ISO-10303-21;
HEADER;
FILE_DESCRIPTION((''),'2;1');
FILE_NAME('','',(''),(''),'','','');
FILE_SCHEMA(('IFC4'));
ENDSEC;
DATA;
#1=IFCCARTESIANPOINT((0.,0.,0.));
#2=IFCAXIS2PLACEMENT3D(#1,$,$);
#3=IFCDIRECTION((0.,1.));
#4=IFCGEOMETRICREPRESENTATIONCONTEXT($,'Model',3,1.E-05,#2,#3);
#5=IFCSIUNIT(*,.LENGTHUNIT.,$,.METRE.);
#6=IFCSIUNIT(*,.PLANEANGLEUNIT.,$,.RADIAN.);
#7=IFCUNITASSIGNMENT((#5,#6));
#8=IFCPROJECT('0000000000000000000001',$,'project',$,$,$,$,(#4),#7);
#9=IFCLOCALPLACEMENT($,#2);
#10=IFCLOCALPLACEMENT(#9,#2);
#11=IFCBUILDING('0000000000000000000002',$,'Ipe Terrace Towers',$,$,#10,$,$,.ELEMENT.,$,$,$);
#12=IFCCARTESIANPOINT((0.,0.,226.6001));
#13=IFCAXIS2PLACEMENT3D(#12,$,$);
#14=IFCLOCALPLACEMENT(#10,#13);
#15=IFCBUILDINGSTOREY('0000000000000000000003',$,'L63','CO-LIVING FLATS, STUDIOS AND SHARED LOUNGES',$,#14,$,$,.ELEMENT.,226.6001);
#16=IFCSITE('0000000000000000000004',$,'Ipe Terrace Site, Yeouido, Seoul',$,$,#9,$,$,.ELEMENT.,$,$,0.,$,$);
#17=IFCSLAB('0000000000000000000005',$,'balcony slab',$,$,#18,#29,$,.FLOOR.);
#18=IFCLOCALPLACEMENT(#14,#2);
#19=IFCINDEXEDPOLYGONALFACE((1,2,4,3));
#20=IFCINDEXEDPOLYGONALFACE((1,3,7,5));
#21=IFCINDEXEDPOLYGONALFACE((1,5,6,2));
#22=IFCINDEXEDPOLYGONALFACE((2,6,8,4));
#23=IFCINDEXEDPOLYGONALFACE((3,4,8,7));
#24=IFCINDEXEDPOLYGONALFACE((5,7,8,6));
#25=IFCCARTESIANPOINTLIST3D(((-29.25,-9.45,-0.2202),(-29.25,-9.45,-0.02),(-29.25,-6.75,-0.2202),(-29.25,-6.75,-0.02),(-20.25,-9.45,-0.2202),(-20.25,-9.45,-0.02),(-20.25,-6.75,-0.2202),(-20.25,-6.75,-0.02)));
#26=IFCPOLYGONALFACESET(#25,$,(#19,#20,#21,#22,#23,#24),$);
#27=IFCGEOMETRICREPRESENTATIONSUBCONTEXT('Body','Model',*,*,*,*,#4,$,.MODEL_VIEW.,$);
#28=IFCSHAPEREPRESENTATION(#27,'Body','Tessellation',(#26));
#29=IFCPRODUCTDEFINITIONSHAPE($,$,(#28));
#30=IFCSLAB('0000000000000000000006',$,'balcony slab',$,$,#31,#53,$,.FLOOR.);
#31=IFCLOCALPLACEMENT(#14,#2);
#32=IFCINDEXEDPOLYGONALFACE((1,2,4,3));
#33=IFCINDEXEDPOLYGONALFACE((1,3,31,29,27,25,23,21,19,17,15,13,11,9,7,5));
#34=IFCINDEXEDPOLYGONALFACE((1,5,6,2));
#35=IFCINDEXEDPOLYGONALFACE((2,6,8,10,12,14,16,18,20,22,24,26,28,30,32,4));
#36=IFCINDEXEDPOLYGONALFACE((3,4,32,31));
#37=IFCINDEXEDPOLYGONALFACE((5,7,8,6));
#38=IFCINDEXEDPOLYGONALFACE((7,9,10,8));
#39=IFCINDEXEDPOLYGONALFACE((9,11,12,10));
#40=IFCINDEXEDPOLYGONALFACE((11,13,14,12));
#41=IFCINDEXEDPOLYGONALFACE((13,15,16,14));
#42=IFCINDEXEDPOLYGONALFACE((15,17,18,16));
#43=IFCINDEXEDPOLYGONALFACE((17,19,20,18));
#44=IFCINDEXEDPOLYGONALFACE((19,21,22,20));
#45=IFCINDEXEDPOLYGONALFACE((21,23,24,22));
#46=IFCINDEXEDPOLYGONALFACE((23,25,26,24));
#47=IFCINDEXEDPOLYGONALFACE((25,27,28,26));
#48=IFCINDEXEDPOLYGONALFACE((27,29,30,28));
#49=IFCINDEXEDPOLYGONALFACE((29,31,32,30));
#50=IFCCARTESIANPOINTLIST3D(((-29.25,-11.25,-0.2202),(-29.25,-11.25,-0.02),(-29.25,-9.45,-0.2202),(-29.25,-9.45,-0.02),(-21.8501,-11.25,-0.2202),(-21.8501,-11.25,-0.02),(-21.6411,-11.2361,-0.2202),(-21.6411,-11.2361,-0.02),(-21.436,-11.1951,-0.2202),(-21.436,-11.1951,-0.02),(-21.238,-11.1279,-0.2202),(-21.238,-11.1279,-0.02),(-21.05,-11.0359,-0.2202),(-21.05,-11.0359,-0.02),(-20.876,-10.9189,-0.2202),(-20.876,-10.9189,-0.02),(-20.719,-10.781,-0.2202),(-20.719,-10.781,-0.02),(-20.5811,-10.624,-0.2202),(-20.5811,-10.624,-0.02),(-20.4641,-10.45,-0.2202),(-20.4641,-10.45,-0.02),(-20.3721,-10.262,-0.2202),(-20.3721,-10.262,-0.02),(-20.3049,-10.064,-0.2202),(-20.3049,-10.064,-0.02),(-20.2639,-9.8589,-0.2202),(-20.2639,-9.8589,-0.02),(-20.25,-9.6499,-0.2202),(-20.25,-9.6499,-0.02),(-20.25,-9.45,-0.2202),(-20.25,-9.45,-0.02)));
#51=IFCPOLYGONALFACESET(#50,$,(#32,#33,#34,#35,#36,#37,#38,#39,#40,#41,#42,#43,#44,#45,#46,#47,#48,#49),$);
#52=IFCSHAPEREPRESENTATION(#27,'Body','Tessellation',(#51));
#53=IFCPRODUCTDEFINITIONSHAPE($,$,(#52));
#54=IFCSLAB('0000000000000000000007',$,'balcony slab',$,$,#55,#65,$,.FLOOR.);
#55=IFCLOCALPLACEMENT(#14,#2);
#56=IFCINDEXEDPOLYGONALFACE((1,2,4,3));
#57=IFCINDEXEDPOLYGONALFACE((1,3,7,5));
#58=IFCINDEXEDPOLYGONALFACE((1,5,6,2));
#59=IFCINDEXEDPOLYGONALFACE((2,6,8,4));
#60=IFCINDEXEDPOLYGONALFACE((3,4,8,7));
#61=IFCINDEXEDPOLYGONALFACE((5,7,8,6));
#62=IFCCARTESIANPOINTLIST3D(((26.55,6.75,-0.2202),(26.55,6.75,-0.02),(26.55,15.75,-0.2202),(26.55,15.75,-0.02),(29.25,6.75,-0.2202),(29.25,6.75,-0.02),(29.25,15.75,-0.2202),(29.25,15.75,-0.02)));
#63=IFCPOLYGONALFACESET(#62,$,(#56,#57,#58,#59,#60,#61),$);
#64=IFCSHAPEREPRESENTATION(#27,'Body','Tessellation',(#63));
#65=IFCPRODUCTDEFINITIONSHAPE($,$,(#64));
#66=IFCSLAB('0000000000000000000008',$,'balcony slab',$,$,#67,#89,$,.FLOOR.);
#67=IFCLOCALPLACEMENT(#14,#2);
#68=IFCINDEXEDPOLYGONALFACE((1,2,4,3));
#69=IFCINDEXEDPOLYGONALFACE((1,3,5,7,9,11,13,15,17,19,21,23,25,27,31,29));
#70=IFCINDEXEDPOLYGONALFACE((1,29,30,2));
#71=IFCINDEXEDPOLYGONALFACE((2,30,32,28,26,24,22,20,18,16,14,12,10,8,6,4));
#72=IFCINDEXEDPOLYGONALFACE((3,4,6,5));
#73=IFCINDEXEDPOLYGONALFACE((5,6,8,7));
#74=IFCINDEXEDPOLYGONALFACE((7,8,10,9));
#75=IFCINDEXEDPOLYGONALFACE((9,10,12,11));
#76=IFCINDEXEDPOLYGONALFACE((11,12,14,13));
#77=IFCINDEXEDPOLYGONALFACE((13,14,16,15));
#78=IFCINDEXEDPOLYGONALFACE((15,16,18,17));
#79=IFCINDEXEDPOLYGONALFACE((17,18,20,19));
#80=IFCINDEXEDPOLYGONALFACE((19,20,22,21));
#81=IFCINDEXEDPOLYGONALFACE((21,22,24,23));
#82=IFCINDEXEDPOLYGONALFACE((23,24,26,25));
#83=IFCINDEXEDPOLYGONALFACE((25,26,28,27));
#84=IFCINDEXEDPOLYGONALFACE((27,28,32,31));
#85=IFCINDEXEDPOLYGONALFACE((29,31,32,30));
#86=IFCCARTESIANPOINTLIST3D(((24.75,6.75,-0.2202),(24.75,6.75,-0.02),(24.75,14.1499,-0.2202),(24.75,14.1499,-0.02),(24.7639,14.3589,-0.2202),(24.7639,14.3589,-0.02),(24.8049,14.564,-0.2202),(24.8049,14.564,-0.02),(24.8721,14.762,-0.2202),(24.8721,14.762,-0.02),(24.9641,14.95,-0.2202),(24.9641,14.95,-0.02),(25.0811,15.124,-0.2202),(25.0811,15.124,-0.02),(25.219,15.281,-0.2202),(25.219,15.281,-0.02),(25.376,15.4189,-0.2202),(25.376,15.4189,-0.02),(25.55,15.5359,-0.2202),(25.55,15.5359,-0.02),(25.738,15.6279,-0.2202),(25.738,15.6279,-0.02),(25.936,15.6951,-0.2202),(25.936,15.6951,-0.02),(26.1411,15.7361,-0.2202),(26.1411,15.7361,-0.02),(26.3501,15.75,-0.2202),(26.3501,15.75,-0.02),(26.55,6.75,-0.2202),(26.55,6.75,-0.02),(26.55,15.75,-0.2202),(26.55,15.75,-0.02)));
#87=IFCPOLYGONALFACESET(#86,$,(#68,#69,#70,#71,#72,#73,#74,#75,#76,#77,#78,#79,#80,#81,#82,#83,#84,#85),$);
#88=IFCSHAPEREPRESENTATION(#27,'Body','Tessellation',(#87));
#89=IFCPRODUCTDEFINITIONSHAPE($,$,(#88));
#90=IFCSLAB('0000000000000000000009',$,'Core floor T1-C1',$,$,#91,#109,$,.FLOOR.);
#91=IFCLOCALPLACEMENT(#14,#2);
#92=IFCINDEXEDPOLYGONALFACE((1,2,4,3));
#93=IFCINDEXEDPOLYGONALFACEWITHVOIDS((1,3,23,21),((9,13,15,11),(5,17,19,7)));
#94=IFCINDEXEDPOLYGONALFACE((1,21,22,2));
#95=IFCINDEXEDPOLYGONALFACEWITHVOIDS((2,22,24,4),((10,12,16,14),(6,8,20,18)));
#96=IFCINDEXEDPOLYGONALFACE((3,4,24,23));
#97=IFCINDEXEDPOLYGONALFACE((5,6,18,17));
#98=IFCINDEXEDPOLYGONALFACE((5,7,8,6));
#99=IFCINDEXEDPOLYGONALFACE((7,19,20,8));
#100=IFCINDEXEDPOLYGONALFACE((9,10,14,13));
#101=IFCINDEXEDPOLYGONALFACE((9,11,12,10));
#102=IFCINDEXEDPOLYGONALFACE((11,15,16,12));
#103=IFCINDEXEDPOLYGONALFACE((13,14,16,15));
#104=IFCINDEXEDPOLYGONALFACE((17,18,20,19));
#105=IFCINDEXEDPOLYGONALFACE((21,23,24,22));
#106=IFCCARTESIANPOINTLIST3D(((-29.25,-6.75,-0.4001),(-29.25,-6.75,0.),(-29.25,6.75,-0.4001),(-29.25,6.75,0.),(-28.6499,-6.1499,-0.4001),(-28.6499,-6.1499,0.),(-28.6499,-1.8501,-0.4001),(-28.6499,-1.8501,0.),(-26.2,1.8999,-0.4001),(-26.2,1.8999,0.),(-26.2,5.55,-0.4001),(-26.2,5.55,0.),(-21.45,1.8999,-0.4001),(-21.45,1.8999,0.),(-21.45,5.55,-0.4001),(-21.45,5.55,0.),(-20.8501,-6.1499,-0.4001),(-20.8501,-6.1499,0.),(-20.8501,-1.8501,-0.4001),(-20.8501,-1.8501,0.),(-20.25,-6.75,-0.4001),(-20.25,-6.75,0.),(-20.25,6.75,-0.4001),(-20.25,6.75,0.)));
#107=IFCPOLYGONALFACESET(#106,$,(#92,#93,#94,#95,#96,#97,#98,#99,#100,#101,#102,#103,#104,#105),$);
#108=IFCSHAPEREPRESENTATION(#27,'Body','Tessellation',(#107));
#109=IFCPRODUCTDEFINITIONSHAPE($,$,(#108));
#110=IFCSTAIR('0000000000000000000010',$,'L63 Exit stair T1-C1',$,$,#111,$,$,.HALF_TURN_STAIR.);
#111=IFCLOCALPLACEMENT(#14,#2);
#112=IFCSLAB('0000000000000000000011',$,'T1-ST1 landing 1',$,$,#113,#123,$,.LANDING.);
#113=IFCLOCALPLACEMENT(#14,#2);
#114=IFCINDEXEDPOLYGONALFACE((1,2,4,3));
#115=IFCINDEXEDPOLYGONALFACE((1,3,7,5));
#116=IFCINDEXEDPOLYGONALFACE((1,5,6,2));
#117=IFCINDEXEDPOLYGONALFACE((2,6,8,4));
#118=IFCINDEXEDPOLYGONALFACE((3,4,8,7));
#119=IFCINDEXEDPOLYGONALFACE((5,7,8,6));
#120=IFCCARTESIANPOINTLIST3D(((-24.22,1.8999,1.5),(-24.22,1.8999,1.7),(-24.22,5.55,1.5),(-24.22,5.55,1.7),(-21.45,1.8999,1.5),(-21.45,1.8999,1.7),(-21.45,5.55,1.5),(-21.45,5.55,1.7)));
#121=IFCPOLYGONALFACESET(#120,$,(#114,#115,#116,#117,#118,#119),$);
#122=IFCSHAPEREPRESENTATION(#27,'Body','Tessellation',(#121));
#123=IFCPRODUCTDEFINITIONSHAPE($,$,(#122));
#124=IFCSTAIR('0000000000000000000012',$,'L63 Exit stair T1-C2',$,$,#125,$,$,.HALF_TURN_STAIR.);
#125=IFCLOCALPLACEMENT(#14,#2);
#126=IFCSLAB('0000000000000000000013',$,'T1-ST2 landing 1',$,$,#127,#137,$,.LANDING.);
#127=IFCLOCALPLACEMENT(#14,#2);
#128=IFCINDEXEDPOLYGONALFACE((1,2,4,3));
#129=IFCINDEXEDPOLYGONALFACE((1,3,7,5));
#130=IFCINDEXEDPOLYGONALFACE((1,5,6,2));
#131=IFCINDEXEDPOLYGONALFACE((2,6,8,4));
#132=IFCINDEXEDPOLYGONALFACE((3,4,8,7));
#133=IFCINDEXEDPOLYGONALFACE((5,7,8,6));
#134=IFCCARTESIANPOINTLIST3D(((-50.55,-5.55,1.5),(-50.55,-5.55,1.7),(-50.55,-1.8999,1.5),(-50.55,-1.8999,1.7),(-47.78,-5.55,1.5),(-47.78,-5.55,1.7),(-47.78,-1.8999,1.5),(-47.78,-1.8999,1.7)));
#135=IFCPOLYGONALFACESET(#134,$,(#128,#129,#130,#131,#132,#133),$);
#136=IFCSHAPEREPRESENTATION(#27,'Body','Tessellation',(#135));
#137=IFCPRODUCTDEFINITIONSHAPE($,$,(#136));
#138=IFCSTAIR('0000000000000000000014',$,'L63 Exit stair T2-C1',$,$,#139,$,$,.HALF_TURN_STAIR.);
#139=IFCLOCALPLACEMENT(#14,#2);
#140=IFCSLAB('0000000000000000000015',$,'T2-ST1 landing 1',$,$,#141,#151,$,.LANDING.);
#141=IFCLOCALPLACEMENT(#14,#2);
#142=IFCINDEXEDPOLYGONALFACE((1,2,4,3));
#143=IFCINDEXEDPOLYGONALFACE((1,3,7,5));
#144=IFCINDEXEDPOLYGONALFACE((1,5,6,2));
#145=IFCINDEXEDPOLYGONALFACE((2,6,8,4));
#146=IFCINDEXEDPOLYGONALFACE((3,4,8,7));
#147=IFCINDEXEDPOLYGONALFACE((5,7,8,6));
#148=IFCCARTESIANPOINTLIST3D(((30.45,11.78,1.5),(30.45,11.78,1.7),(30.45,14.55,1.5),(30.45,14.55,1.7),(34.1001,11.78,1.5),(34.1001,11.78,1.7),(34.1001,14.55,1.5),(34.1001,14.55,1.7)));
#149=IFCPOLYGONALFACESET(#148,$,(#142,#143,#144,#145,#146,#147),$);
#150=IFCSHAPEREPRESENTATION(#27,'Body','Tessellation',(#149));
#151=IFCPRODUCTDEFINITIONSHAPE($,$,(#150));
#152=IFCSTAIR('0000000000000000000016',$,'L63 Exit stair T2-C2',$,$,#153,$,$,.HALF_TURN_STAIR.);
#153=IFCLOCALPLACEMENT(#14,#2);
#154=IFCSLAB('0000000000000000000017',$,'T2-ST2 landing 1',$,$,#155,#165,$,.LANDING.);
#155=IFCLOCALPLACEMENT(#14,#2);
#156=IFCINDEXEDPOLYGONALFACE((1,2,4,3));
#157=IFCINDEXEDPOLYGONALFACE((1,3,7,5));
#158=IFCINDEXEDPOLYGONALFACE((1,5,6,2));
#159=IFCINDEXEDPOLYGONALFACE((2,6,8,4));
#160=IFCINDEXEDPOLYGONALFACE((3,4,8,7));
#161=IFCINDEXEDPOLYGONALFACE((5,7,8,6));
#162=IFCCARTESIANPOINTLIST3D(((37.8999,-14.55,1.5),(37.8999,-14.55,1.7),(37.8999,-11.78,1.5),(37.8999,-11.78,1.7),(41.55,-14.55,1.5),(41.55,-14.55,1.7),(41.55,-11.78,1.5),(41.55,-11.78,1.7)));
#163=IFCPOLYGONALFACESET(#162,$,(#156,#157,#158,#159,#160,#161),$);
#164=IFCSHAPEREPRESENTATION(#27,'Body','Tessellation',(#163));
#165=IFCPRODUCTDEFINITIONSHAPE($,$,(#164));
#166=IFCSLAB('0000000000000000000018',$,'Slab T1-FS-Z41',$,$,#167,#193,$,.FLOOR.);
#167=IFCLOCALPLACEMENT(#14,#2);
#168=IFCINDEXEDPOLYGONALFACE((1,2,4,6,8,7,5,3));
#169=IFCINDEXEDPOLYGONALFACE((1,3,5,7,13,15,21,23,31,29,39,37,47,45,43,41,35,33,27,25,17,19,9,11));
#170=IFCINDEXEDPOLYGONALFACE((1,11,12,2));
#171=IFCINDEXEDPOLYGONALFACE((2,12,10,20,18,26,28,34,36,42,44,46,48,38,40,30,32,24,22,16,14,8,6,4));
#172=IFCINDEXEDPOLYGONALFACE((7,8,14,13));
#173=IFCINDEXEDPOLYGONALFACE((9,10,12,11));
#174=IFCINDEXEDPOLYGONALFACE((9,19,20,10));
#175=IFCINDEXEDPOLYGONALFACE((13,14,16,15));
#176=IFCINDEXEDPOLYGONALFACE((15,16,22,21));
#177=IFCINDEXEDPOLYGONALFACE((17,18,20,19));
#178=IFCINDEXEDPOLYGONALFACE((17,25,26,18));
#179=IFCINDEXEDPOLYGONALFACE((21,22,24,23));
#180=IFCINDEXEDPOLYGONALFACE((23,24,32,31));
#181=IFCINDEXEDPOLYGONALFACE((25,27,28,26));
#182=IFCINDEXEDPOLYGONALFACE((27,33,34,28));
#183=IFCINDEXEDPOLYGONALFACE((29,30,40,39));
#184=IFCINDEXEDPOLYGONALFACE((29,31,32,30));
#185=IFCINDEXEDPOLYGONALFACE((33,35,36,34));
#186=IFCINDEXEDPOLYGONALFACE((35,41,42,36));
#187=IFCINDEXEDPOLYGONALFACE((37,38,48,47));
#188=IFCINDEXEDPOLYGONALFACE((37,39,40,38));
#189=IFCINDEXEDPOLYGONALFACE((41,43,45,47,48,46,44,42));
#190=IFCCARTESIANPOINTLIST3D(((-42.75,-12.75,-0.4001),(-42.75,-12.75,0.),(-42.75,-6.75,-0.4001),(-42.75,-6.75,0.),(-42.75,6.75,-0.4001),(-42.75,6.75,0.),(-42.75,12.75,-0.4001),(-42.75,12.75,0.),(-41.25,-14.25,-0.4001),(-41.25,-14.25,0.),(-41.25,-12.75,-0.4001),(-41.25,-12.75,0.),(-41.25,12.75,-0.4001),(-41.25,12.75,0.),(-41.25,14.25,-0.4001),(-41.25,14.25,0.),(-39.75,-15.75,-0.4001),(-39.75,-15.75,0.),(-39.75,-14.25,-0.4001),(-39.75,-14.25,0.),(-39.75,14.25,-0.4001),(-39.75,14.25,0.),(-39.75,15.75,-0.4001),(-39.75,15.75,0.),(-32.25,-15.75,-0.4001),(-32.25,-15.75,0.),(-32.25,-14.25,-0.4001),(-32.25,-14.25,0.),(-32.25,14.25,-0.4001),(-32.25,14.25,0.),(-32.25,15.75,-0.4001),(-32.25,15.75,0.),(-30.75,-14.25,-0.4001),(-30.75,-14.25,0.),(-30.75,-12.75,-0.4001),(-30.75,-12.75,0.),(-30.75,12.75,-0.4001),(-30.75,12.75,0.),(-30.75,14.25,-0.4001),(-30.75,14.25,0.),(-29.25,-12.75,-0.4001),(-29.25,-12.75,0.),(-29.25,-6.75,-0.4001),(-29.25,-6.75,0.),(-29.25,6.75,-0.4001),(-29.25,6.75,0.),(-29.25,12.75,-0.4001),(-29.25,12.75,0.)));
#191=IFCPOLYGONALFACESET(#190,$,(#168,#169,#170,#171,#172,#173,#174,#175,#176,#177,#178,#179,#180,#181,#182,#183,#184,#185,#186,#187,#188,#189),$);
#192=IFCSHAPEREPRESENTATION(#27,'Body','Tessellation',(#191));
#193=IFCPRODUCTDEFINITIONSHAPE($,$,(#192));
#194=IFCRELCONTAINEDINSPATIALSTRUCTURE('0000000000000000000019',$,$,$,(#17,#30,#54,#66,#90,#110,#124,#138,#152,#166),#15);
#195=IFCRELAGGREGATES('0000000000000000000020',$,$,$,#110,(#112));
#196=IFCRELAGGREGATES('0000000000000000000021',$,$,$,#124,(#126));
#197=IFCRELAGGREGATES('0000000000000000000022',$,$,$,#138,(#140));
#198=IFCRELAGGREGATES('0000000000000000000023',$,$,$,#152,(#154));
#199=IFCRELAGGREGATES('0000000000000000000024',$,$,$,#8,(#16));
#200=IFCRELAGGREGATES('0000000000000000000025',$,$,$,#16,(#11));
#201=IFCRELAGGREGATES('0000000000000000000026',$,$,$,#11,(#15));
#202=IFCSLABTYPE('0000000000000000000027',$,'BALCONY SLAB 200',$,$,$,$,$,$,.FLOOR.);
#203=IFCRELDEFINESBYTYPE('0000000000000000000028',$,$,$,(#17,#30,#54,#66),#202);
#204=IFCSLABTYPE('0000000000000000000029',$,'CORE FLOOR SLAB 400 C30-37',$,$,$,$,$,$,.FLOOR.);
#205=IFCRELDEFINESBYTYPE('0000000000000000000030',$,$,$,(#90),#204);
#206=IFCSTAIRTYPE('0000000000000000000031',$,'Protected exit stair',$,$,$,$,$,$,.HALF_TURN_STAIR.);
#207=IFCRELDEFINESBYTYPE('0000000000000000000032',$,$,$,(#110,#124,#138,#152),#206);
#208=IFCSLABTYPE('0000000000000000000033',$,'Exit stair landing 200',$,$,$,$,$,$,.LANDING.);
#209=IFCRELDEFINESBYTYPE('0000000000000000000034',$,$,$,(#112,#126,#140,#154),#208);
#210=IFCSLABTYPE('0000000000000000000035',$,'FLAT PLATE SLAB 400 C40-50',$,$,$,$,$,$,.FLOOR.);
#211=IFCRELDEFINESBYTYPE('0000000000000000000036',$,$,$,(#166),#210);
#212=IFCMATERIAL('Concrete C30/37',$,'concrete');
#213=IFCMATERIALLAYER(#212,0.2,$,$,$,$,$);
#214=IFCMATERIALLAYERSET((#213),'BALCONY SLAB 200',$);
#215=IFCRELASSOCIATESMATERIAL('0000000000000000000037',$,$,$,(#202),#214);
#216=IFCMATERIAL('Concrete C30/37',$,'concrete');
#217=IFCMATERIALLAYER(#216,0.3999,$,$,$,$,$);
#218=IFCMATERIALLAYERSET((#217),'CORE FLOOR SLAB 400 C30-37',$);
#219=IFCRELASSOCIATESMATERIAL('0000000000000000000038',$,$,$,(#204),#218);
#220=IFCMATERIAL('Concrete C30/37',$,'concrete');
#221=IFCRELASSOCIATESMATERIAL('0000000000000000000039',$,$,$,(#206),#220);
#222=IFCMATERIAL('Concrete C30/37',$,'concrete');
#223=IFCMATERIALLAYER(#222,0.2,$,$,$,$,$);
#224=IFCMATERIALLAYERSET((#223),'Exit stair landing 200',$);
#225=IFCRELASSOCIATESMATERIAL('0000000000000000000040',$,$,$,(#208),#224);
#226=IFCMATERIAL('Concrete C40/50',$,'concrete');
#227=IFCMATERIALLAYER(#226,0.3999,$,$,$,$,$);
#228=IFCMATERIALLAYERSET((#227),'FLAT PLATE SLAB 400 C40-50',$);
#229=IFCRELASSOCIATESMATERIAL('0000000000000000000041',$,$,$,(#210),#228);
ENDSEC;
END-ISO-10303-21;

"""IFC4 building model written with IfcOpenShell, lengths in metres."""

from ifc_helpers import new_model, si_unit, direction, frame, origin, place, context, subcontext, project, spatial, polyline, outline, extrude, material, layer, layer_set, type_object, element, aggregate, save


model = new_model("IFC4")

# Units and contexts
model_context = context("Model", 3, precision=1e-05, world=origin(), true_north=direction((0.0, 1.0)))
body_context = subcontext(model_context, "Body", "Model", "MODEL_VIEW")
ifc_project = project(units=[si_unit("LENGTHUNIT", "METRE"), si_unit("PLANEANGLEUNIT", "RADIAN")], contexts=[model_context])

# Site, building, storey
site_placement = place(None, origin())
site = spatial("IfcSite", under=ifc_project, at=site_placement, Name="Ipe Terrace Site, Yeouido, Seoul", CompositionType="ELEMENT", RefElevation=0.0)
building_placement = place(site_placement, origin())
building = spatial("IfcBuilding", under=site, at=building_placement, Name="Ipe Terrace Towers", CompositionType="ELEMENT")
storey_placement = place(building_placement, frame((0.0, 0.0, 226.6001)))
storey = spatial("IfcBuildingStorey", under=building, at=storey_placement, Name="L63", Description="CO-LIVING FLATS, STUDIOS AND SHARED LOUNGES", CompositionType="ELEMENT", Elevation=226.6001)

# Slabs
ifc_material_1 = material(Name="Concrete C30/37", Category="concrete")
ifc_layer_1 = layer(ifc_material_1, 0.2)
ifc_layer_set_1 = layer_set([ifc_layer_1], Name="BALCONY SLAB 200")
slab_type_1 = type_object("IfcSlabType", Name="BALCONY SLAB 200", PredefinedType="FLOOR", material=ifc_layer_set_1)
slab_1_placement = place(storey_placement, frame((0.0, 0.0, -0.2202)))
element("IfcSlab", 1, at=slab_1_placement, inside=storey, type_object=slab_type_1, Name="balcony slab", PredefinedType="FLOOR", context=body_context, shape_type="SweptSolid", body=[
    extrude(outline(polyline([(-20.25, -6.75), (-29.25, -6.75), (-29.25, -9.45), (-20.25, -9.45), (-20.25, -6.75)])), origin(), (0.0, 0.0, 1.0), 0.2002),
])
slab_2_placement = place(storey_placement, frame((0.0, 0.0, -0.2202)))
element("IfcSlab", 2, at=slab_2_placement, inside=storey, type_object=slab_type_1, Name="balcony slab", PredefinedType="FLOOR", context=body_context, shape_type="SweptSolid", body=[
    extrude(outline(polyline([(-29.25, -11.25), (-21.8501, -11.25), (-21.6411, -11.2361), (-21.436, -11.1951), (-21.238, -11.1279), (-21.05, -11.0359), (-20.876, -10.9189), (-20.719, -10.781), (-20.5811, -10.624), (-20.4641, -10.45), (-20.3721, -10.262), (-20.3049, -10.064), (-20.2639, -9.8589), (-20.25, -9.6499), (-20.25, -9.45), (-29.25, -9.45), (-29.25, -11.25)])), origin(), (0.0, 0.0, 1.0), 0.2002),
])
slab_3_placement = place(storey_placement, frame((0.0, 0.0, -0.2202)))
element("IfcSlab", 3, at=slab_3_placement, inside=storey, type_object=slab_type_1, Name="balcony slab", PredefinedType="FLOOR", context=body_context, shape_type="SweptSolid", body=[
    extrude(outline(polyline([(29.25, 15.75), (26.55, 15.75), (26.55, 6.75), (29.25, 6.75), (29.25, 15.75)])), origin(), (0.0, 0.0, 1.0), 0.2002),
])
slab_4_placement = place(storey_placement, frame((0.0, 0.0, -0.2202)))
element("IfcSlab", 4, at=slab_4_placement, inside=storey, type_object=slab_type_1, Name="balcony slab", PredefinedType="FLOOR", context=body_context, shape_type="SweptSolid", body=[
    extrude(outline(polyline([(24.75, 6.75), (26.55, 6.75), (26.55, 15.75), (26.3501, 15.75), (26.1411, 15.7361), (25.936, 15.6951), (25.738, 15.6279), (25.55, 15.5359), (25.376, 15.4189), (25.219, 15.281), (25.0811, 15.124), (24.9641, 14.95), (24.8721, 14.762), (24.8049, 14.564), (24.7639, 14.3589), (24.75, 14.1499), (24.75, 6.75)])), origin(), (0.0, 0.0, 1.0), 0.2002),
])
ifc_material_2 = material(Name="Concrete C30/37", Category="concrete")
ifc_layer_2 = layer(ifc_material_2, 0.3999)
ifc_layer_set_2 = layer_set([ifc_layer_2], Name="CORE FLOOR SLAB 400 C30-37")
slab_type_2 = type_object("IfcSlabType", Name="CORE FLOOR SLAB 400 C30-37", PredefinedType="FLOOR", material=ifc_layer_set_2)
slab_5_placement = place(storey_placement, frame((0.0, 0.0, -0.4001)))
element("IfcSlab", 5, at=slab_5_placement, inside=storey, type_object=slab_type_2, Name="Core floor T1-C1", PredefinedType="FLOOR", context=body_context, shape_type="SweptSolid", body=[
    extrude(outline(polyline([(-29.25, -6.75), (-29.25, 6.75), (-20.25, 6.75), (-20.25, -6.75), (-29.25, -6.75)]), holes=[polyline([(-28.6499, -6.1499), (-20.8501, -6.1499), (-20.8501, -1.8501), (-28.6499, -1.8501), (-28.6499, -6.1499)]), polyline([(-26.2, 5.55), (-26.2, 1.8999), (-21.45, 1.8999), (-21.45, 5.55), (-26.2, 5.55)])]), origin(), (0.0, 0.0, 1.0), 0.4001),
])

# Stairs, slabs
ifc_material_3 = material(Name="Concrete C30/37", Category="concrete")
stair_type = type_object("IfcStairType", Name="Protected exit stair", PredefinedType="HALF_TURN_STAIR", material=ifc_material_3)
stair_1_placement = place(storey_placement, origin())
stair_1 = element("IfcStair", 6, at=stair_1_placement, inside=storey, type_object=stair_type, Name="L63 Exit stair T1-C1", PredefinedType="HALF_TURN_STAIR")
ifc_material_4 = material(Name="Concrete C30/37", Category="concrete")
ifc_layer_3 = layer(ifc_material_4, 0.2)
ifc_layer_set_3 = layer_set([ifc_layer_3], Name="Exit stair landing 200")
slab_type_3 = type_object("IfcSlabType", Name="Exit stair landing 200", PredefinedType="LANDING", material=ifc_layer_set_3)
slab_6_placement = place(storey_placement, frame((0.0, 0.0, 1.5)))
slab_6 = element("IfcSlab", 7, at=slab_6_placement, type_object=slab_type_3, Name="T1-ST1 landing 1", PredefinedType="LANDING", context=body_context, shape_type="SweptSolid", body=[
    extrude(outline(polyline([(-24.22, 1.8999), (-21.45, 1.8999), (-21.45, 5.55), (-24.22, 5.55), (-24.22, 1.8999)])), origin(), (0.0, 0.0, 1.0), 0.2),
])
aggregate(stair_1, [slab_6])
stair_2_placement = place(storey_placement, origin())
stair_2 = element("IfcStair", 8, at=stair_2_placement, inside=storey, type_object=stair_type, Name="L63 Exit stair T1-C2", PredefinedType="HALF_TURN_STAIR")
slab_7_placement = place(storey_placement, frame((0.0, 0.0, 1.5)))
slab_7 = element("IfcSlab", 9, at=slab_7_placement, type_object=slab_type_3, Name="T1-ST2 landing 1", PredefinedType="LANDING", context=body_context, shape_type="SweptSolid", body=[
    extrude(outline(polyline([(-47.78, -1.8999), (-50.55, -1.8999), (-50.55, -5.55), (-47.78, -5.55), (-47.78, -1.8999)])), origin(), (0.0, 0.0, 1.0), 0.2),
])
aggregate(stair_2, [slab_7])
stair_3_placement = place(storey_placement, origin())
stair_3 = element("IfcStair", 10, at=stair_3_placement, inside=storey, type_object=stair_type, Name="L63 Exit stair T2-C1", PredefinedType="HALF_TURN_STAIR")
slab_8_placement = place(storey_placement, frame((0.0, 0.0, 1.5)))
slab_8 = element("IfcSlab", 11, at=slab_8_placement, type_object=slab_type_3, Name="T2-ST1 landing 1", PredefinedType="LANDING", context=body_context, shape_type="SweptSolid", body=[
    extrude(outline(polyline([(34.1001, 11.78), (34.1001, 14.55), (30.45, 14.55), (30.45, 11.78), (34.1001, 11.78)])), origin(), (0.0, 0.0, 1.0), 0.2),
])
aggregate(stair_3, [slab_8])
stair_4_placement = place(storey_placement, origin())
stair_4 = element("IfcStair", 12, at=stair_4_placement, inside=storey, type_object=stair_type, Name="L63 Exit stair T2-C2", PredefinedType="HALF_TURN_STAIR")
slab_9_placement = place(storey_placement, frame((0.0, 0.0, 1.5)))
slab_9 = element("IfcSlab", 13, at=slab_9_placement, type_object=slab_type_3, Name="T2-ST2 landing 1", PredefinedType="LANDING", context=body_context, shape_type="SweptSolid", body=[
    extrude(outline(polyline([(37.8999, -11.78), (37.8999, -14.55), (41.55, -14.55), (41.55, -11.78), (37.8999, -11.78)])), origin(), (0.0, 0.0, 1.0), 0.2),
])
aggregate(stair_4, [slab_9])

# Slab
ifc_material_5 = material(Name="Concrete C40/50", Category="concrete")
ifc_layer_4 = layer(ifc_material_5, 0.3999)
ifc_layer_set_4 = layer_set([ifc_layer_4], Name="FLAT PLATE SLAB 400 C40-50")
slab_type_4 = type_object("IfcSlabType", Name="FLAT PLATE SLAB 400 C40-50", PredefinedType="FLOOR", material=ifc_layer_set_4)
slab_10_placement = place(storey_placement, frame((0.0, 0.0, -0.4001)))
element("IfcSlab", 14, at=slab_10_placement, inside=storey, type_object=slab_type_4, Name="Slab T1-FS-Z41", PredefinedType="FLOOR", context=body_context, shape_type="SweptSolid", body=[
    extrude(outline(polyline([(-30.75, -12.75), (-30.75, -14.25), (-32.25, -14.25), (-32.25, -15.75), (-39.75, -15.75), (-39.75, -14.25), (-41.25, -14.25), (-41.25, -12.75), (-42.75, -12.75), (-42.75, -6.75), (-42.75, 6.75), (-42.75, 12.75), (-41.25, 12.75), (-41.25, 14.25), (-39.75, 14.25), (-39.75, 15.75), (-32.25, 15.75), (-32.25, 14.25), (-30.75, 14.25), (-30.75, 12.75), (-29.25, 12.75), (-29.25, 6.75), (-29.25, -6.75), (-29.25, -12.75), (-30.75, -12.75)])), origin(), (0.0, 0.0, 1.0), 0.4001),
])

save(model, "model.ifc")
